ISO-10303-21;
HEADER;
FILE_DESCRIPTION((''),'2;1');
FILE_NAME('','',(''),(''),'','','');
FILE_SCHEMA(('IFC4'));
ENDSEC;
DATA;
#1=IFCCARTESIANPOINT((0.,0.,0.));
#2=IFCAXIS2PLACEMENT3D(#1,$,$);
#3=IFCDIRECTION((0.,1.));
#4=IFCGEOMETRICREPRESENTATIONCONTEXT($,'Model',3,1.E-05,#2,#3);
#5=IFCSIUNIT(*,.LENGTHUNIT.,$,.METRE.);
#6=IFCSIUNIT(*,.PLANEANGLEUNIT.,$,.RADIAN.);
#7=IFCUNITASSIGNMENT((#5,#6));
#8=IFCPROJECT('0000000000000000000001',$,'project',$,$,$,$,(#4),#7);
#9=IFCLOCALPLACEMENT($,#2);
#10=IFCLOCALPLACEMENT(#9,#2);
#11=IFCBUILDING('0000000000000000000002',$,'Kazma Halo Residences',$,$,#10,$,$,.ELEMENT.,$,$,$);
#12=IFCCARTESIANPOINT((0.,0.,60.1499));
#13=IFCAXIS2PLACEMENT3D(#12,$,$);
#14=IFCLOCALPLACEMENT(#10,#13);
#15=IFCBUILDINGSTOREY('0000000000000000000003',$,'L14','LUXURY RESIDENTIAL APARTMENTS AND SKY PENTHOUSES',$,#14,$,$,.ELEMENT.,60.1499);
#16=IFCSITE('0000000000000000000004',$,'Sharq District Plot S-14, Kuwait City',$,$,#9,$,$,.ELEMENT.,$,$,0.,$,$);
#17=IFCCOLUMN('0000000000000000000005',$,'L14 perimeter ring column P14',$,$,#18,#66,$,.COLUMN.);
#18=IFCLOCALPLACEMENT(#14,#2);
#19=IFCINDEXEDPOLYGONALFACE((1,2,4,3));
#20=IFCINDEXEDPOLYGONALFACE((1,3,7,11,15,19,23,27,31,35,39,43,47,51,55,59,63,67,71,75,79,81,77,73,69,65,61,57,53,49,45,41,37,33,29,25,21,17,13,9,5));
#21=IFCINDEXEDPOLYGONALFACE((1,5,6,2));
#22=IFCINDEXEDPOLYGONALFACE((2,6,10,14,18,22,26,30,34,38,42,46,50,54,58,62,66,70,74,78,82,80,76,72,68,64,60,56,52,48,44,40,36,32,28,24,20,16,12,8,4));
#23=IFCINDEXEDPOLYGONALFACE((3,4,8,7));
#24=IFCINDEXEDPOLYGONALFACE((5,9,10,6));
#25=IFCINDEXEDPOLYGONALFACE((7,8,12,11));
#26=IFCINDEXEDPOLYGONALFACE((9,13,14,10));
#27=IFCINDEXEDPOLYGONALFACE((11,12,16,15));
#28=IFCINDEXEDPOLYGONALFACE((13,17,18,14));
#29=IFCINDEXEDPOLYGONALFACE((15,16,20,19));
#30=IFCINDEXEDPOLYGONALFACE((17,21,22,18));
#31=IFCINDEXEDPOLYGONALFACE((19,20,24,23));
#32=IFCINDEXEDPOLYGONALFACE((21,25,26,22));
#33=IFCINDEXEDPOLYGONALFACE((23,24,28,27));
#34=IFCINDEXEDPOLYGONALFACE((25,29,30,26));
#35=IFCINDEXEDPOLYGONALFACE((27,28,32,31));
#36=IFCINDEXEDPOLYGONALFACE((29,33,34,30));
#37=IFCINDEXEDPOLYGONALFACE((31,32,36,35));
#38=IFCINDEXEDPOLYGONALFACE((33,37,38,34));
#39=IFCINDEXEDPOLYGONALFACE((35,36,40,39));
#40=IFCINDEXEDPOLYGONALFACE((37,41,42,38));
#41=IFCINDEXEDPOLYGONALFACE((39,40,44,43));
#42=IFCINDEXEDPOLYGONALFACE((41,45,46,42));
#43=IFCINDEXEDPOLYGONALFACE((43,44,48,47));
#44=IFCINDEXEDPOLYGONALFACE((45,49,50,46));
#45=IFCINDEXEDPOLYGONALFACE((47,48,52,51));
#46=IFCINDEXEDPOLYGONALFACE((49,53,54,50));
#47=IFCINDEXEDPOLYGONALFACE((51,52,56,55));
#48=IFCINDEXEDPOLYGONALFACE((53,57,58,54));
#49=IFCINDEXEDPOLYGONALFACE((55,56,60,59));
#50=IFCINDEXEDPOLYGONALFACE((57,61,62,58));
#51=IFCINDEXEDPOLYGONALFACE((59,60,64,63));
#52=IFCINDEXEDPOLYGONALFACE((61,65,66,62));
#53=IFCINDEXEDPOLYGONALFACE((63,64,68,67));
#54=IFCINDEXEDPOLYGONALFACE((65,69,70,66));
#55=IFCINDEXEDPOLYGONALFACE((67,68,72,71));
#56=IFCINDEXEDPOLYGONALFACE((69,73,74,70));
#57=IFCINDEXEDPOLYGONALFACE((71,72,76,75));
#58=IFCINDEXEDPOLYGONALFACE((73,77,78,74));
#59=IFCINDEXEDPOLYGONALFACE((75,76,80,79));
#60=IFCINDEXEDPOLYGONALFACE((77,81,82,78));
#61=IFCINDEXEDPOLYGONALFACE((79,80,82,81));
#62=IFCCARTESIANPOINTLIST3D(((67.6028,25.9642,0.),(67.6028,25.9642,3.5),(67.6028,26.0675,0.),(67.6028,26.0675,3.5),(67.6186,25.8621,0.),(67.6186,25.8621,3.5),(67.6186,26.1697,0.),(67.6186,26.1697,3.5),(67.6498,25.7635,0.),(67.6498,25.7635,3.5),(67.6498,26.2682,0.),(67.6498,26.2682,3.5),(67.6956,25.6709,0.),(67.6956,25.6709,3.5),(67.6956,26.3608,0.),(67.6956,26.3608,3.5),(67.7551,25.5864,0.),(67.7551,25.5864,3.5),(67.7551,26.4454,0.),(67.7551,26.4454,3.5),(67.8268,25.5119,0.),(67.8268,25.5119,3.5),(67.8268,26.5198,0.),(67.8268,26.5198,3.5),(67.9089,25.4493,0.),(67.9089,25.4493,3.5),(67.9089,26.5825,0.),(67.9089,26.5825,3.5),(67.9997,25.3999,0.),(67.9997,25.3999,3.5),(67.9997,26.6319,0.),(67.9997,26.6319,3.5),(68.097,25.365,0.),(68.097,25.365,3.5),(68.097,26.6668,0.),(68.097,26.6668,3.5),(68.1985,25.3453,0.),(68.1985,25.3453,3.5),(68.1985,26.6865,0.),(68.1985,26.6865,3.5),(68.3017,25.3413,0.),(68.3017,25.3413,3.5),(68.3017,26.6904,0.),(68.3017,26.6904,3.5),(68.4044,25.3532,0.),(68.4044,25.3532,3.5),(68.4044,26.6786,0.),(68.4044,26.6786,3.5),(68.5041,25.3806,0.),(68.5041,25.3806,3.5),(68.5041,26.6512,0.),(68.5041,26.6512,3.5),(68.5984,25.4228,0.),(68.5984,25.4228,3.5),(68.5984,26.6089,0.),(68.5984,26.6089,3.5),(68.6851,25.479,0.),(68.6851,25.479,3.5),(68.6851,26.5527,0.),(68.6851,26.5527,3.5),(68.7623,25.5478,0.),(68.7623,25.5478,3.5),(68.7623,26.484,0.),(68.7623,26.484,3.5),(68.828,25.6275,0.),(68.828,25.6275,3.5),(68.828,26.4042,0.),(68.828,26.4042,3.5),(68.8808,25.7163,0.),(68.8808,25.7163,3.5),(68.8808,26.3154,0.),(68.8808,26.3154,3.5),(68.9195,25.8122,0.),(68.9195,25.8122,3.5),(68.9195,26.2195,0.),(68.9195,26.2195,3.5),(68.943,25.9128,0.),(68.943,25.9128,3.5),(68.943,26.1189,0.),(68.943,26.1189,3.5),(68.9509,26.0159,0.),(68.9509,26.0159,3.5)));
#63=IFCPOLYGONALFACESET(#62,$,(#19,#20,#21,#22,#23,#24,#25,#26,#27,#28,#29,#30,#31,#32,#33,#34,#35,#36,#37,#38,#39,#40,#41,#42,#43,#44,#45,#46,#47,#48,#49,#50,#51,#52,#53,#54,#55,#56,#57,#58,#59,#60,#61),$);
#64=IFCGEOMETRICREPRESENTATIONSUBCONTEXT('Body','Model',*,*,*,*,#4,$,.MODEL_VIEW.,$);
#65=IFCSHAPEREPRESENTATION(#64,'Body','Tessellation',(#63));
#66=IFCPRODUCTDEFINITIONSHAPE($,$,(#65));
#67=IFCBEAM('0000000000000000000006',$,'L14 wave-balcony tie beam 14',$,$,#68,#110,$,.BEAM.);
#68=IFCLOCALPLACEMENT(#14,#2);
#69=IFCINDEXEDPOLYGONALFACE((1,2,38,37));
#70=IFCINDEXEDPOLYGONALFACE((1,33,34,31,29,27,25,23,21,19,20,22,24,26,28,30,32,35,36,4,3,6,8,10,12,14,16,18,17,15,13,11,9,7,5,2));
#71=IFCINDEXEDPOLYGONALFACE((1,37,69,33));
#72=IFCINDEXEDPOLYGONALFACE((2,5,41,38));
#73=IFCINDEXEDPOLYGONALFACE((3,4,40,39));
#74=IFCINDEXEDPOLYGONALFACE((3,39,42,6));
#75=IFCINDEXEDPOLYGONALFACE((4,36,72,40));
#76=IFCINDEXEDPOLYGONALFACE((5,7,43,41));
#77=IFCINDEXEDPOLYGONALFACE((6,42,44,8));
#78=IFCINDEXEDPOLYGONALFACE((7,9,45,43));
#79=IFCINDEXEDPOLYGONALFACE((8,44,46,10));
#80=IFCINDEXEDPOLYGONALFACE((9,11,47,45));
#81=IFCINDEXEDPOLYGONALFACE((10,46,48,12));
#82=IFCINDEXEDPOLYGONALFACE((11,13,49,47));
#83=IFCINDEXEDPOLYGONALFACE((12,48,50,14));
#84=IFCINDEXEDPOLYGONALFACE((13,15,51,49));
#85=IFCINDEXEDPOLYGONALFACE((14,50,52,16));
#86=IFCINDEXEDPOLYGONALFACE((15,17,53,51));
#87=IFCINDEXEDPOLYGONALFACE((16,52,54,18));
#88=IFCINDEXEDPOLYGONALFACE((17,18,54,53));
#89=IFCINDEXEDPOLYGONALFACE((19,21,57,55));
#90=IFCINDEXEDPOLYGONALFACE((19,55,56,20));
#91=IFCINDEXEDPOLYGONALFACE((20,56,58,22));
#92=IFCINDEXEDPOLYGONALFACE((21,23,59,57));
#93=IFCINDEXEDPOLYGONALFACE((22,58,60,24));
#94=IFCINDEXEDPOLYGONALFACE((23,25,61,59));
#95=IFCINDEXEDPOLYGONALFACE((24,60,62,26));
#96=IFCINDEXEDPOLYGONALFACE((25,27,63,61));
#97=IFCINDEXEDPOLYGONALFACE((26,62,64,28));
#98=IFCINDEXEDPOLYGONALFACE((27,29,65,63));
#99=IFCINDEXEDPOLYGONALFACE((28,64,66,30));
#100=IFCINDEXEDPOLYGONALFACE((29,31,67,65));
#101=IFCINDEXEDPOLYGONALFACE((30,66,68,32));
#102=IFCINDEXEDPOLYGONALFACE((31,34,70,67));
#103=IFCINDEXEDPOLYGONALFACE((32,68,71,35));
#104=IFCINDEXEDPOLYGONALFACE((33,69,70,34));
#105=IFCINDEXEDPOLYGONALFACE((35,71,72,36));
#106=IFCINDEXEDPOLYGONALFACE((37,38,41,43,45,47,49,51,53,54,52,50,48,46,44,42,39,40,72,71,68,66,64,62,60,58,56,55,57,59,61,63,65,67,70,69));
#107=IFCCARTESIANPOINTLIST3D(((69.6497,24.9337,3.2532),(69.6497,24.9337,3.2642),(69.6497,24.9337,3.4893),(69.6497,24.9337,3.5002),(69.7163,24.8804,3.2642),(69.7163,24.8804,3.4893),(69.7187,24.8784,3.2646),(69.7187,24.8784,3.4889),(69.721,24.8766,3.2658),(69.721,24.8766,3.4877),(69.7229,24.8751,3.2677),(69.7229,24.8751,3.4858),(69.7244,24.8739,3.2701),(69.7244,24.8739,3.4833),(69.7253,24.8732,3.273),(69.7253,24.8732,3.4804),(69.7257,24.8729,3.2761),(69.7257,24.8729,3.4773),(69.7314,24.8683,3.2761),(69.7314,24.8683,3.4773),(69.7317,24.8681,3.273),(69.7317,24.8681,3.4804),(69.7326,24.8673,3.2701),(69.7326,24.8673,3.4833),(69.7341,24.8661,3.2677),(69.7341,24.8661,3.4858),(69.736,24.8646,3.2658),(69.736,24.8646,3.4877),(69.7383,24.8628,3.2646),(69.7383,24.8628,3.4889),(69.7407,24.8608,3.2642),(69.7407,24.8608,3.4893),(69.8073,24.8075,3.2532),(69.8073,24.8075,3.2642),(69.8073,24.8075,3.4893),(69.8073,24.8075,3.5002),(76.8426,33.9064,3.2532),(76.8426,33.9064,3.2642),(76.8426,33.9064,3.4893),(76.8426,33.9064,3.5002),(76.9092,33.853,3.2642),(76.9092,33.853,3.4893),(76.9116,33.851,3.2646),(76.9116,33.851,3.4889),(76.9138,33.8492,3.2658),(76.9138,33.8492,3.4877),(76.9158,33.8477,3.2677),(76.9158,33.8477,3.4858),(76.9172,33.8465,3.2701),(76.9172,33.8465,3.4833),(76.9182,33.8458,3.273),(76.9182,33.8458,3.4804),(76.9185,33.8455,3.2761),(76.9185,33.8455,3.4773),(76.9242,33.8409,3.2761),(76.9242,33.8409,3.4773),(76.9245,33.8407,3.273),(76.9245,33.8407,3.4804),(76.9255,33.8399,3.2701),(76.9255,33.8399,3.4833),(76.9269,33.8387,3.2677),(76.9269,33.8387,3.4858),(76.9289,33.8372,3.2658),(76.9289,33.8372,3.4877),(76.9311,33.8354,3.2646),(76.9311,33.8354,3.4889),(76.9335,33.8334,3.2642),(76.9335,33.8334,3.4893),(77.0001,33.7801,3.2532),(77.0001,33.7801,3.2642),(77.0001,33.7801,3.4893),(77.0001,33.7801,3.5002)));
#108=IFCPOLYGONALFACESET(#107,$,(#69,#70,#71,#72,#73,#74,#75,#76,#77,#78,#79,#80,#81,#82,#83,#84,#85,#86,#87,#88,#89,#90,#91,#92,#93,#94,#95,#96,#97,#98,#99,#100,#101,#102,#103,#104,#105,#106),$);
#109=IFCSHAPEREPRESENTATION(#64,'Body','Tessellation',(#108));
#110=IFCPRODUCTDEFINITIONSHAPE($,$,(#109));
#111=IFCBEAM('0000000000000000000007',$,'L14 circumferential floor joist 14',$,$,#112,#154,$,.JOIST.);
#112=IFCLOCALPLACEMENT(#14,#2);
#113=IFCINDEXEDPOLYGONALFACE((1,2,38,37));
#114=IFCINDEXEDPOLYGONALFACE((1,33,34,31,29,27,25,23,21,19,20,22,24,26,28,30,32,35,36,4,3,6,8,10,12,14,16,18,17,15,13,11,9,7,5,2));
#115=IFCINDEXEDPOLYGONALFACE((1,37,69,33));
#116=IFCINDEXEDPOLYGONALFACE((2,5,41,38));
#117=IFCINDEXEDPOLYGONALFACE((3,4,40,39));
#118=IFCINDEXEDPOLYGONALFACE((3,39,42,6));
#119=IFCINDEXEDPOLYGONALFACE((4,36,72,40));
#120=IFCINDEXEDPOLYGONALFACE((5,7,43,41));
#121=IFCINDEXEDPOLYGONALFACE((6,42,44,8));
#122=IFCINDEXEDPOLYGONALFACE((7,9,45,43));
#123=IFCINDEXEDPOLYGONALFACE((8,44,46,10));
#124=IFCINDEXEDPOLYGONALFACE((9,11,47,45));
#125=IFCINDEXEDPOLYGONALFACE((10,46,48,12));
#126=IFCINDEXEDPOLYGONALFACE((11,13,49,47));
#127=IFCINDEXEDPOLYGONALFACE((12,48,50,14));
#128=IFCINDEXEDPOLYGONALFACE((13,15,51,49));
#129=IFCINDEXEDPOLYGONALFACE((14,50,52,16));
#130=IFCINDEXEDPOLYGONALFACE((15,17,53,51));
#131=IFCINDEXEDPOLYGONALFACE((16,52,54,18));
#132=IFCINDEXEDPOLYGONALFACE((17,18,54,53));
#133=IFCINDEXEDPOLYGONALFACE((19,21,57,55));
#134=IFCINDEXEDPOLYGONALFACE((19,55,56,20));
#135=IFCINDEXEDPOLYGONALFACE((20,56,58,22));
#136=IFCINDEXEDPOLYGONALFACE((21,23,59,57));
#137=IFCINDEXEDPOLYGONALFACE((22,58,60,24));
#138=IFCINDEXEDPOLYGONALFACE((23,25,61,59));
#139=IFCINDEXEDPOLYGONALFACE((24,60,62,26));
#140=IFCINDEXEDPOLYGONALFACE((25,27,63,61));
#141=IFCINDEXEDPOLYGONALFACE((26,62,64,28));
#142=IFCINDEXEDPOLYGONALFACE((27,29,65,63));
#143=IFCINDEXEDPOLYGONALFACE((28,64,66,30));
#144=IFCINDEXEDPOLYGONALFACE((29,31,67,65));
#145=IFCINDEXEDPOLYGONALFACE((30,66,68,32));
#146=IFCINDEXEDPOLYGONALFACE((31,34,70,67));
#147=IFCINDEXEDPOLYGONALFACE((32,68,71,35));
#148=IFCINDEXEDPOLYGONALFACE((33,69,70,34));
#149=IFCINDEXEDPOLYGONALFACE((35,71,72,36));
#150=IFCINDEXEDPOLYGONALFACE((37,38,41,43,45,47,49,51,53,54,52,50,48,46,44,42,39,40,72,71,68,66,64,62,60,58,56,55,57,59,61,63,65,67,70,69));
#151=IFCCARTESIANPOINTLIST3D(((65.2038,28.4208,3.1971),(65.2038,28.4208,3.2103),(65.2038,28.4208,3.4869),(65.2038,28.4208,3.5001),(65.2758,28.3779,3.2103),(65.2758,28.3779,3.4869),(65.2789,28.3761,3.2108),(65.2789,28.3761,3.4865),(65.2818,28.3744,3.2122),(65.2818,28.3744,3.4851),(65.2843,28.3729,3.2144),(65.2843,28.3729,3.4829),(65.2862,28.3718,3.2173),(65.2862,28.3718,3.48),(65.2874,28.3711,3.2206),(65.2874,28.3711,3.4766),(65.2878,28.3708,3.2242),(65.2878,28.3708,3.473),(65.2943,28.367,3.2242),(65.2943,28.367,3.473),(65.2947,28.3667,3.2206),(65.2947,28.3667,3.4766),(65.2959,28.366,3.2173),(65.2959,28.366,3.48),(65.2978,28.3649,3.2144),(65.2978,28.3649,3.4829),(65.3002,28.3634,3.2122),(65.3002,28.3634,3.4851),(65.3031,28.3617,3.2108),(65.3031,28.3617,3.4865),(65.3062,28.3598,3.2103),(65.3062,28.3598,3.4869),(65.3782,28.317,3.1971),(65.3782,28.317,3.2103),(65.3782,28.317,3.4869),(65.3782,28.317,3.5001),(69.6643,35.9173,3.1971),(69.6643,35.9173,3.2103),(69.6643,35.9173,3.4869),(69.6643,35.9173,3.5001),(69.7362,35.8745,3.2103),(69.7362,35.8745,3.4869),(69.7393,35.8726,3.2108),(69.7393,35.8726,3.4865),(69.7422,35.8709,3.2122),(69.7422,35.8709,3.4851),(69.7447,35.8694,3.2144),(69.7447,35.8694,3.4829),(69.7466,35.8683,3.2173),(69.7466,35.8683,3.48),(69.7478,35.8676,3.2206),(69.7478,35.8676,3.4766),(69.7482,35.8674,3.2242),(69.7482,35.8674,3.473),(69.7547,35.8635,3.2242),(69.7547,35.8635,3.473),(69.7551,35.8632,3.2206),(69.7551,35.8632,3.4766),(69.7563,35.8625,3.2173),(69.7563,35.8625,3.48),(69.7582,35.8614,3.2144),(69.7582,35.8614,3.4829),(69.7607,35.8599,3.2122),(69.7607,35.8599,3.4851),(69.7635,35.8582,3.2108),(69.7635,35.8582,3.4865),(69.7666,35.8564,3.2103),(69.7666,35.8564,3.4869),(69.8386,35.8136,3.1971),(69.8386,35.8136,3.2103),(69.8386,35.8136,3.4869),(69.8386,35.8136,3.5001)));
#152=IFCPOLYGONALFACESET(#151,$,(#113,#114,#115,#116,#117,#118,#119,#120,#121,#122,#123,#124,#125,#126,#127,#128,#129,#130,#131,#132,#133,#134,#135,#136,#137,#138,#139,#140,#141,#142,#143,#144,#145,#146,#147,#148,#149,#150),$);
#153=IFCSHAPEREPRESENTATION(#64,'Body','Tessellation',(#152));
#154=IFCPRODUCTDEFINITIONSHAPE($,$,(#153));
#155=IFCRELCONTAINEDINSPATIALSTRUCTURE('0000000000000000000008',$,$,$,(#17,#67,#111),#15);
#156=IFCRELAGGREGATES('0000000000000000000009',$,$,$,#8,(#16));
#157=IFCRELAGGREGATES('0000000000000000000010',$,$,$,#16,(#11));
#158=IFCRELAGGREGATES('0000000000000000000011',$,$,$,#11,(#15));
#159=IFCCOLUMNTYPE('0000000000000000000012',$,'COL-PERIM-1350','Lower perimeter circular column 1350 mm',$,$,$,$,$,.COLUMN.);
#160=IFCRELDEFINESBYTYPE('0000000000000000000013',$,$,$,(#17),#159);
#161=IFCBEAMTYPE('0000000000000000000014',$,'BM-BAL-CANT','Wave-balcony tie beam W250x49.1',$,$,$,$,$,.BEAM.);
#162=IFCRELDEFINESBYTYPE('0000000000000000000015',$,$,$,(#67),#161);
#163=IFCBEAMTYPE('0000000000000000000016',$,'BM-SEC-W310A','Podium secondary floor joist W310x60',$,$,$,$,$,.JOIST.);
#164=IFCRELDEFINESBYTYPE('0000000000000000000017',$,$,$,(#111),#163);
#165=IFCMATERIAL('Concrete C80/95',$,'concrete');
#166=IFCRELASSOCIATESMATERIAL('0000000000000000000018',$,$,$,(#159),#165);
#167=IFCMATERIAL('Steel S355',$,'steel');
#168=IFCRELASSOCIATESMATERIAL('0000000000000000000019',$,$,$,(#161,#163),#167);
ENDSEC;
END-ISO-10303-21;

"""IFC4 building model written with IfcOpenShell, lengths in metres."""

from ifc_helpers import new_model, si_unit, direction, frame, origin, origin_2d, place, context, subcontext, project, spatial, circle, i_section, extrude, material, material_profile, profile_set, type_object, element, save


model = new_model("IFC4")

# Units and contexts
model_context = context("Model", 3, precision=1e-05, world=origin(), true_north=direction((0.0, 1.0)))
body_context = subcontext(model_context, "Body", "Model", "MODEL_VIEW")
ifc_project = project(units=[si_unit("LENGTHUNIT", "METRE"), si_unit("PLANEANGLEUNIT", "RADIAN")], contexts=[model_context])

# Site, building, storey
site_placement = place(None, origin())
site = spatial("IfcSite", under=ifc_project, at=site_placement, Name="Sharq District Plot S-14, Kuwait City", CompositionType="ELEMENT", RefElevation=0.0)
building_placement = place(site_placement, origin())
building = spatial("IfcBuilding", under=site, at=building_placement, Name="Kazma Halo Residences", CompositionType="ELEMENT")
storey_placement = place(building_placement, frame((0.0, 0.0, 60.1499)))
storey = spatial("IfcBuildingStorey", under=building, at=storey_placement, Name="L14", Description="LUXURY RESIDENTIAL APARTMENTS AND SKY PENTHOUSES", CompositionType="ELEMENT", Elevation=60.1499)

# Column
ifc_material_1 = material(Name="Concrete C80/95", Category="concrete")
ifc_material_profile_1 = material_profile(ifc_material_1, circle(Radius=0.675, at=origin_2d()), Name="CIRC1350")
ifc_profile_set_1 = profile_set([ifc_material_profile_1], Name="Concrete C80/95")
column_type = type_object("IfcColumnType", Name="COL-PERIM-1350", Description="Lower perimeter circular column 1350 mm", PredefinedType="COLUMN", material=ifc_profile_set_1)
column_placement = place(storey_placement, frame((68.2759, 26.0159, 0.0), z_axis=(0.0, 0.0, 1.0), x_axis=(1.0, 0.0, 0.0)))
element("IfcColumn", 1, at=column_placement, inside=storey, type_object=column_type, Name="L14 perimeter ring column P14", PredefinedType="COLUMN", context=body_context, shape_type="SweptSolid", body=[
    extrude(circle(Radius=0.675, at=origin_2d()), origin(), (0.0, 0.0, 1.0), 3.5),
])

# Beams
ifc_material_2 = material(Name="Steel S355", Category="steel")
ifc_material_profile_2 = material_profile(ifc_material_2, i_section(OverallWidth=0.2019, OverallDepth=0.2471, WebThickness=0.0073, FlangeThickness=0.011, FilletRadius=0.012, at=origin_2d()), Name="W250x49.1")
ifc_profile_set_2 = profile_set([ifc_material_profile_2], Name="Steel S355")
beam_type_1 = type_object("IfcBeamType", Name="BM-BAL-CANT", Description="Wave-balcony tie beam W250x49.1", PredefinedType="BEAM", material=ifc_profile_set_2)
beam_1_placement = place(storey_placement, frame((69.7285, 24.8706, 3.3767), z_axis=(0.625477, 0.780243, 0.0), x_axis=(-0.780243, 0.625477, 0.0)))
element("IfcBeam", 2, at=beam_1_placement, inside=storey, type_object=beam_type_1, Name="L14 wave-balcony tie beam 14", PredefinedType="BEAM", context=body_context, shape_type="SweptSolid", body=[
    extrude(i_section(OverallWidth=0.2019, OverallDepth=0.2471, WebThickness=0.0073, FlangeThickness=0.011, FilletRadius=0.012, at=origin_2d()), origin(), (0.0, 0.0, 1.0), 11.4998),
])
ifc_material_profile_3 = material_profile(ifc_material_2, i_section(OverallWidth=0.2029, OverallDepth=0.303, WebThickness=0.0076, FlangeThickness=0.0132, FilletRadius=0.0139, at=origin_2d()), Name="W310x60")
ifc_profile_set_3 = profile_set([ifc_material_profile_3], Name="Steel S355")
beam_type_2 = type_object("IfcBeamType", Name="BM-SEC-W310A", Description="Podium secondary floor joist W310x60", PredefinedType="JOIST", material=ifc_profile_set_3)
beam_2_placement = place(storey_placement, frame((65.291, 28.3689, 3.3486), z_axis=(0.511331, 0.859384, 0.0), x_axis=(-0.859384, 0.511331, 0.0)))
element("IfcBeam", 3, at=beam_2_placement, inside=storey, type_object=beam_type_2, Name="L14 circumferential floor joist 14", PredefinedType="JOIST", context=body_context, shape_type="SweptSolid", body=[
    extrude(i_section(OverallWidth=0.2029, OverallDepth=0.303, WebThickness=0.0076, FlangeThickness=0.0132, FilletRadius=0.0139, at=origin_2d()), origin(), (0.0, 0.0, 1.0), 8.7231),
])

save(model, "model.ifc")
